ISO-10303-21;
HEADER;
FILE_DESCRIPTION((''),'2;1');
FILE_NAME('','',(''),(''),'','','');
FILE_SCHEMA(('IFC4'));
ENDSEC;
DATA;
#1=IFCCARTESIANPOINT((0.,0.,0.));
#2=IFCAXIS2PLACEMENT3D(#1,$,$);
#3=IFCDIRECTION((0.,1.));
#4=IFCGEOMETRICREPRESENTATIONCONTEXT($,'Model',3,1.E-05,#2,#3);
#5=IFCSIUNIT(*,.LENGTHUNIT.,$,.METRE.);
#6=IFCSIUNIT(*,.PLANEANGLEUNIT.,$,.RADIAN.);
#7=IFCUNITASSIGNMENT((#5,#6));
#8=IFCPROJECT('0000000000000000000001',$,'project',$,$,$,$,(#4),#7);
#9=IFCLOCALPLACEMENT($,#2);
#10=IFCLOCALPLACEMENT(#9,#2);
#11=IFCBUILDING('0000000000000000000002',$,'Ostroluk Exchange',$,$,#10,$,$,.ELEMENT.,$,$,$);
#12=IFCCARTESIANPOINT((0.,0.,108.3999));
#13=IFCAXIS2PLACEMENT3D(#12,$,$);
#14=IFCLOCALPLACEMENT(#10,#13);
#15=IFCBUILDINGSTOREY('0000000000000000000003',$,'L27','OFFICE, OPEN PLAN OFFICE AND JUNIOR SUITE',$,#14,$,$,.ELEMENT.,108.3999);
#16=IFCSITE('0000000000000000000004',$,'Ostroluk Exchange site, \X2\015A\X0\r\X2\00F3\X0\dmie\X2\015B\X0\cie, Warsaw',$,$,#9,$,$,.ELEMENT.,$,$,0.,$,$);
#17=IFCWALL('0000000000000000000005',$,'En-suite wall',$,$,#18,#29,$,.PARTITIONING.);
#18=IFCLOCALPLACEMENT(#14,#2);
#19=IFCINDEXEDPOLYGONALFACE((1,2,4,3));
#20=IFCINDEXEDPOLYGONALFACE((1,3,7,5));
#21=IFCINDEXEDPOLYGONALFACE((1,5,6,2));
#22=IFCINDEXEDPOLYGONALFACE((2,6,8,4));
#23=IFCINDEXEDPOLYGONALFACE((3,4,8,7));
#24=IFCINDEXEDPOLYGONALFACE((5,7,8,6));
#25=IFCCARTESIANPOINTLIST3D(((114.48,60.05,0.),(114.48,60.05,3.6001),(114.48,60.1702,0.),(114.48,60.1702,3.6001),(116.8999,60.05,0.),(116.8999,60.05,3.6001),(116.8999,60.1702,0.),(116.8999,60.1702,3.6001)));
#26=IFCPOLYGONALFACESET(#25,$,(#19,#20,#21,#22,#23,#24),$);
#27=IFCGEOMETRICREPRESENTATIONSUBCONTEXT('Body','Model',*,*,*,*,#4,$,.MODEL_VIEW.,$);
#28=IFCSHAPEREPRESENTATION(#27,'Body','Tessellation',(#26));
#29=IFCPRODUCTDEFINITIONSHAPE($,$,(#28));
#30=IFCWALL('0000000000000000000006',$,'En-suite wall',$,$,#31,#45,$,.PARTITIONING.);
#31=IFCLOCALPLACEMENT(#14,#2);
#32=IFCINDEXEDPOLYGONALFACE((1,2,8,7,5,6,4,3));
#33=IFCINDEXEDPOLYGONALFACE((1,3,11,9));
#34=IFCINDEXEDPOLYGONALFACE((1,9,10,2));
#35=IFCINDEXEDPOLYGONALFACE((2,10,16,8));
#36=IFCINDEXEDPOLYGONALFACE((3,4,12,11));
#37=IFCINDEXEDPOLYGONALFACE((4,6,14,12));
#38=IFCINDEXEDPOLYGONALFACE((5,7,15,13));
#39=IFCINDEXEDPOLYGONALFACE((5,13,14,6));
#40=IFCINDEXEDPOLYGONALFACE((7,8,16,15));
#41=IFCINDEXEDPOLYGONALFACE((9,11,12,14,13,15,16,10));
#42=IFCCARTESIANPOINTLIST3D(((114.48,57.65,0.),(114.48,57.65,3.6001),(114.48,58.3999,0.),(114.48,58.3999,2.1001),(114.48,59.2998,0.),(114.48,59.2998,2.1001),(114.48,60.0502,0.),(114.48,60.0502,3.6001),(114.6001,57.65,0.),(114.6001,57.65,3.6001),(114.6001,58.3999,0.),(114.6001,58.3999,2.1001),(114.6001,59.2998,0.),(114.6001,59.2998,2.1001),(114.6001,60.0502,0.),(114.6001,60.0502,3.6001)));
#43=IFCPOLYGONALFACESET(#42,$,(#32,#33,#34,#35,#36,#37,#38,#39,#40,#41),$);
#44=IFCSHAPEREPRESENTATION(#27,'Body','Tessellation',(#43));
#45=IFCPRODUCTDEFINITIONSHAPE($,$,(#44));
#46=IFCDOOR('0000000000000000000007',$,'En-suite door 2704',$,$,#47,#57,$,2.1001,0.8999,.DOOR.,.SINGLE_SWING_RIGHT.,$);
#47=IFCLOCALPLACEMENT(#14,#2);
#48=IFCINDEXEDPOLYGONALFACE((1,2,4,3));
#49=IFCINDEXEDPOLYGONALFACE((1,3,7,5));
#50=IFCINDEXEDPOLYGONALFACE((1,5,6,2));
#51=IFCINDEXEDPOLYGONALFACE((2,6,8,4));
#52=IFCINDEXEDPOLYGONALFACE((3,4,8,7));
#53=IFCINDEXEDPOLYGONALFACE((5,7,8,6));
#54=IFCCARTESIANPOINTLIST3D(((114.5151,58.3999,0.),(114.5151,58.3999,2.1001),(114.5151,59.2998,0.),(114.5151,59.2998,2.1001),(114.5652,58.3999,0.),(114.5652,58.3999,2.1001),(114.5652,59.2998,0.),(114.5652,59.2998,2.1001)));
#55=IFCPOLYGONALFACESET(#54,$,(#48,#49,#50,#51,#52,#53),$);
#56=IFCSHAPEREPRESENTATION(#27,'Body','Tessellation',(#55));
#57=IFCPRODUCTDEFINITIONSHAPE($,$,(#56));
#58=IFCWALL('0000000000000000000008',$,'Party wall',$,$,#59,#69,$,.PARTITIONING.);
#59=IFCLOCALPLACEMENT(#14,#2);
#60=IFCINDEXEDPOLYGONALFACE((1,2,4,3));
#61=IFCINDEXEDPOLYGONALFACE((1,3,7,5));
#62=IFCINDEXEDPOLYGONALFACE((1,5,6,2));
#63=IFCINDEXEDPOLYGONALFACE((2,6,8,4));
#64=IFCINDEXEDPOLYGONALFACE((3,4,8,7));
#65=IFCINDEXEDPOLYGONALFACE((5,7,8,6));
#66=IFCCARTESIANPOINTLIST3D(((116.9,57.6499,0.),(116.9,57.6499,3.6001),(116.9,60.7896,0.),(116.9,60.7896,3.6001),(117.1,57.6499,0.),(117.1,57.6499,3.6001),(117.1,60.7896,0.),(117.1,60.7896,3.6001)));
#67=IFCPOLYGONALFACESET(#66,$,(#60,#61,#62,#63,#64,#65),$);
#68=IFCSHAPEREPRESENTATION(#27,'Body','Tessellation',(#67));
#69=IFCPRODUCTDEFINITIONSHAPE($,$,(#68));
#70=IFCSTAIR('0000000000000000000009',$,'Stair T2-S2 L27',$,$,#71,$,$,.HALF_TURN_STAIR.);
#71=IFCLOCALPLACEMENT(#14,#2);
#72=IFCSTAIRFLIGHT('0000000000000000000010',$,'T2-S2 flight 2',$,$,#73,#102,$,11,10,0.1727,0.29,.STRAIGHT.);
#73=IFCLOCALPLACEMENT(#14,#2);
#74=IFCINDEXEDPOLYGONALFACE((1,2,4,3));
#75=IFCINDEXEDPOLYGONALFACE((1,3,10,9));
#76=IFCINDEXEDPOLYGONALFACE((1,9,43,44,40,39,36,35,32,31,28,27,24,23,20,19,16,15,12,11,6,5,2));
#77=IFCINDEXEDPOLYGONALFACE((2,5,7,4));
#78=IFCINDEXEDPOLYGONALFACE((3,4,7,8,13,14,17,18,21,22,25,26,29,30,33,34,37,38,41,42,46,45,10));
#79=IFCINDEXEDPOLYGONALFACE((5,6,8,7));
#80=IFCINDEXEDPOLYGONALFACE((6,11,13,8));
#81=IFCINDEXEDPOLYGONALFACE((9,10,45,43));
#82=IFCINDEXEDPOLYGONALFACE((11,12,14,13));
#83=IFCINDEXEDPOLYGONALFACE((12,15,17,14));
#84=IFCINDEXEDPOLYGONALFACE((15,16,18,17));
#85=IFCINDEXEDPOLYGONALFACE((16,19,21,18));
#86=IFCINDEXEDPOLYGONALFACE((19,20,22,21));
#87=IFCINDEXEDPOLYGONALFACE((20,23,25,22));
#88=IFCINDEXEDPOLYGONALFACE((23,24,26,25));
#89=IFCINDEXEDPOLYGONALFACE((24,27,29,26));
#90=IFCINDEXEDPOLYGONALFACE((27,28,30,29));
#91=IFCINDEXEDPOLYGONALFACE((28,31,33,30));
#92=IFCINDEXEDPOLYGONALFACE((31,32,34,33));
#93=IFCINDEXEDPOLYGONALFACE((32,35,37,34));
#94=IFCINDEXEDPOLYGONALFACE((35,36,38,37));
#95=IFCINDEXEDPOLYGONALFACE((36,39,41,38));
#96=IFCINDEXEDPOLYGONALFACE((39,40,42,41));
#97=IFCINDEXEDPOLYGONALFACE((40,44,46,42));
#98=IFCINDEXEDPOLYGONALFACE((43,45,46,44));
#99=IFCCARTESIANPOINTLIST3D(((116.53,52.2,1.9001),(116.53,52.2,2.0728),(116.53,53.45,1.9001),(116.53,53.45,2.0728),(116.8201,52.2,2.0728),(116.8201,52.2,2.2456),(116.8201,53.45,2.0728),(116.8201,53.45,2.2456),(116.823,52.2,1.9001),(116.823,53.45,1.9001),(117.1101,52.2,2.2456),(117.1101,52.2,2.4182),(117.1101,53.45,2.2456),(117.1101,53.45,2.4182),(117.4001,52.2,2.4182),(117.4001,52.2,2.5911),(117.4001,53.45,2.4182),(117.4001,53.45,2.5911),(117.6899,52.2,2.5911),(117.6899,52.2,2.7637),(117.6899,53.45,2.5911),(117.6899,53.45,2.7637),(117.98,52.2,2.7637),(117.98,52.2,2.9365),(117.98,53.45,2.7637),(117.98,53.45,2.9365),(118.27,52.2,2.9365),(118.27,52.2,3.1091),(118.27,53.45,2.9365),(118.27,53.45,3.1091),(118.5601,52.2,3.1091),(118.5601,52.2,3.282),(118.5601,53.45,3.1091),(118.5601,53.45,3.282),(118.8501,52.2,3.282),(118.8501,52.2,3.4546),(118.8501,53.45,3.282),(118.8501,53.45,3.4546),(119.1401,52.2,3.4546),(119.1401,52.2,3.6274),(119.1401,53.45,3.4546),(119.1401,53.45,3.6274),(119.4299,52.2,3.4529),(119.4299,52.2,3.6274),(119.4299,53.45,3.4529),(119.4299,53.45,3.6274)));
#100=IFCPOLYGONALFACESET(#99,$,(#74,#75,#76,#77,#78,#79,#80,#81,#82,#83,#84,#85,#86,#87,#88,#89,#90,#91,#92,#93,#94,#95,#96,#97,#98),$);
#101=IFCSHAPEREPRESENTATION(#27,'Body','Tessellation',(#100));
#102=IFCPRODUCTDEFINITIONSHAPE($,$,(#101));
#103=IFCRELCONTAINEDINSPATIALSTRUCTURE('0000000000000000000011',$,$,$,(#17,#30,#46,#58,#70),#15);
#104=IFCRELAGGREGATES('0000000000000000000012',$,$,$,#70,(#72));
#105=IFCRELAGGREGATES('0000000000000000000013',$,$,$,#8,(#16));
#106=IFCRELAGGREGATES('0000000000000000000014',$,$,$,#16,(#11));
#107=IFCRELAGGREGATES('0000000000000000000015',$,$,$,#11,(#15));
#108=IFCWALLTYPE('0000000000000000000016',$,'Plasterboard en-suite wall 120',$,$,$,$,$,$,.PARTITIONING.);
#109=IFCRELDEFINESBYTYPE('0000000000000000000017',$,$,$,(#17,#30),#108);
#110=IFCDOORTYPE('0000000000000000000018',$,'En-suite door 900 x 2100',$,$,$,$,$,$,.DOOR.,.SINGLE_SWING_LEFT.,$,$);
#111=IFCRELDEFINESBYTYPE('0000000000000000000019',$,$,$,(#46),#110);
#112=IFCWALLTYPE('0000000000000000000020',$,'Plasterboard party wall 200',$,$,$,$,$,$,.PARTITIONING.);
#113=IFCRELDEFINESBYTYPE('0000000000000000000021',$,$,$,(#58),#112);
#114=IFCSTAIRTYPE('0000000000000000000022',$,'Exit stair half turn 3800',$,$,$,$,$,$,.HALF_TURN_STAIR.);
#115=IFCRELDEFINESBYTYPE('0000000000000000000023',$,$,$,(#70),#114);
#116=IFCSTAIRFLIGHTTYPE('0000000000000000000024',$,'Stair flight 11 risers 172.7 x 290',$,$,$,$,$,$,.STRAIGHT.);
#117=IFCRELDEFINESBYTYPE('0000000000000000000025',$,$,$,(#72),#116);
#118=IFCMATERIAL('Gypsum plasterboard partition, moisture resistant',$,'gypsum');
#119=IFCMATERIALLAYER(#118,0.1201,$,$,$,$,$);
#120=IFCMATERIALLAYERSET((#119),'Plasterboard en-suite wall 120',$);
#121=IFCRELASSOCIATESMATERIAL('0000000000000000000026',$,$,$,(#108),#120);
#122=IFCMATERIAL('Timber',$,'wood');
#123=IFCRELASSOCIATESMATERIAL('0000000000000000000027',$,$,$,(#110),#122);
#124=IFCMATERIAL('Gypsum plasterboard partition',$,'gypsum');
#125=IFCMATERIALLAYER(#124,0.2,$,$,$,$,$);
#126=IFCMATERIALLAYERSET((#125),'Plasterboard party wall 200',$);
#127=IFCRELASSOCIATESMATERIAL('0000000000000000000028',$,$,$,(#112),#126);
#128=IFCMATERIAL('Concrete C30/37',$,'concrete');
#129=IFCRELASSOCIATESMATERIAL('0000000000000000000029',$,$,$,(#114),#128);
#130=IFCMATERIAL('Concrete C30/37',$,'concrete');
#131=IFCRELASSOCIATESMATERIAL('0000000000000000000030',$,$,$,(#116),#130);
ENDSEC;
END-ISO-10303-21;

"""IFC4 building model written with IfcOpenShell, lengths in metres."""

from ifc_helpers import new_model, si_unit, direction, frame, frame_2d, origin, place, context, subcontext, project, spatial, polyline, rectangle, outline, extrude, material, layer, layer_set, type_object, element, fill, aggregate, save


model = new_model("IFC4")

# Units and contexts
model_context = context("Model", 3, precision=1e-05, world=origin(), true_north=direction((0.0, 1.0)))
body_context = subcontext(model_context, "Body", "Model", "MODEL_VIEW")
ifc_project = project(units=[si_unit("LENGTHUNIT", "METRE"), si_unit("PLANEANGLEUNIT", "RADIAN")], contexts=[model_context])

# Site, building, storey
site_placement = place(None, origin())
site = spatial("IfcSite", under=ifc_project, at=site_placement, Name="Ostroluk Exchange site, Śródmieście, Warsaw", CompositionType="ELEMENT", RefElevation=0.0)
building_placement = place(site_placement, origin())
building = spatial("IfcBuilding", under=site, at=building_placement, Name="Ostroluk Exchange", CompositionType="ELEMENT")
storey_placement = place(building_placement, frame((0.0, 0.0, 108.3999)))
storey = spatial("IfcBuildingStorey", under=building, at=storey_placement, Name="L27", Description="OFFICE, OPEN PLAN OFFICE AND JUNIOR SUITE", CompositionType="ELEMENT", Elevation=108.3999)

# Wall
ifc_material_1 = material(Name="Gypsum plasterboard partition, moisture resistant", Category="gypsum")
ifc_layer_1 = layer(ifc_material_1, 0.1201)
ifc_layer_set_1 = layer_set([ifc_layer_1], Name="Plasterboard en-suite wall 120")
wall_type_1 = type_object("IfcWallType", Name="Plasterboard en-suite wall 120", PredefinedType="PARTITIONING", material=ifc_layer_set_1)
wall_1_placement = place(storey_placement, frame((116.8999, 60.1101, 0.0), z_axis=(0.0, 0.0, 1.0), x_axis=(-1.0, 0.0, 0.0)))
element("IfcWall", 1, at=wall_1_placement, inside=storey, type_object=wall_type_1, Name="En-suite wall", PredefinedType="PARTITIONING", context=body_context, shape_type="SweptSolid", body=[
    extrude(rectangle(XDim=2.4199, YDim=0.1201, at=frame_2d((1.21, 0.0))), origin(), (0.0, 0.0, 1.0), 3.6001),
])

# Wall, opening, door
wall_2_placement = place(storey_placement, frame((114.54, 57.6499, 0.0), z_axis=(0.0, 0.0, 1.0), x_axis=(0.0, 1.0, 0.0)))
wall_2 = element("IfcWall", 2, at=wall_2_placement, inside=storey, type_object=wall_type_1, Name="En-suite wall", PredefinedType="PARTITIONING", context=body_context, shape_type="SweptSolid", body=[
    extrude(rectangle(XDim=2.4001, YDim=0.1201, at=frame_2d((1.2002, 0.0))), origin(), (0.0, 0.0, 1.0), 3.6001),
])
opening_1_placement = place(wall_2_placement, frame((0.75, 0.0, 0.0)))
opening_1 = element("IfcOpeningElement", 3, at=opening_1_placement, cuts=wall_2, PredefinedType="OPENING", context=body_context, shape_type="SweptSolid", body=[
    extrude(rectangle(XDim=0.8999, YDim=2.1001, at=frame_2d((0.45, 1.05))), frame((0.0, 0.0701, 0.0), z_axis=(0.0, -1.0, 0.0), x_axis=(1.0, 0.0, 0.0)), (0.0, 0.0, 1.0), 0.1401),
])
ifc_material_2 = material(Name="Timber", Category="wood")
door_type_1 = type_object("IfcDoorType", Name="En-suite door 900 x 2100", OperationType="SINGLE_SWING_LEFT", PredefinedType="DOOR", material=ifc_material_2)
door_1_placement = place(opening_1_placement, origin())
door_1 = element("IfcDoor", 4, at=door_1_placement, inside=storey, type_object=door_type_1, Name="En-suite door 2704", OperationType="SINGLE_SWING_RIGHT", OverallHeight=2.1001, OverallWidth=0.8999, PredefinedType="DOOR", context=body_context, shape_type="SweptSolid", body=[
    extrude(rectangle(XDim=0.8999, YDim=2.1001, at=frame_2d((0.45, 1.05))), frame((0.0, 0.0249, 0.0), z_axis=(0.0, -1.0, 0.0), x_axis=(1.0, 0.0, 0.0)), (0.0, 0.0, 1.0), 0.05),
])
fill(opening_1, door_1)

# Wall
ifc_material_3 = material(Name="Gypsum plasterboard partition", Category="gypsum")
ifc_layer_2 = layer(ifc_material_3, 0.2)
ifc_layer_set_2 = layer_set([ifc_layer_2], Name="Plasterboard party wall 200")
wall_type_2 = type_object("IfcWallType", Name="Plasterboard party wall 200", PredefinedType="PARTITIONING", material=ifc_layer_set_2)
wall_3_placement = place(storey_placement, frame((117.0, 57.6499, 0.0), z_axis=(0.0, 0.0, 1.0), x_axis=(0.0, 1.0, 0.0)))
element("IfcWall", 5, at=wall_3_placement, inside=storey, type_object=wall_type_2, Name="Party wall", PredefinedType="PARTITIONING", context=body_context, shape_type="SweptSolid", body=[
    extrude(rectangle(XDim=3.1396, YDim=0.2, at=frame_2d((1.5698, 0.0))), origin(), (0.0, 0.0, 1.0), 3.6001),
])

# Stair, stair flight
ifc_material_4 = material(Name="Concrete C30/37", Category="concrete")
stair_type = type_object("IfcStairType", Name="Exit stair half turn 3800", PredefinedType="HALF_TURN_STAIR", material=ifc_material_4)
stair_placement = place(storey_placement, origin())
stair = element("IfcStair", 6, at=stair_placement, inside=storey, type_object=stair_type, Name="Stair T2-S2 L27", PredefinedType="HALF_TURN_STAIR")
ifc_material_5 = material(Name="Concrete C30/37", Category="concrete")
stair_flight_type = type_object("IfcStairFlightType", Name="Stair flight 11 risers 172.7 x 290", PredefinedType="STRAIGHT", material=ifc_material_5)
stair_flight_placement = place(storey_placement, frame((116.53, 52.825, 1.9001), z_axis=(0.0, 0.0, 1.0), x_axis=(1.0, 0.0, 0.0)))
stair_flight = element("IfcStairFlight", 7, at=stair_flight_placement, type_object=stair_flight_type, Name="T2-S2 flight 2", NumberOfRisers=11, NumberOfTreads=10, PredefinedType="STRAIGHT", RiserHeight=0.1727, TreadLength=0.29, context=body_context, shape_type="SweptSolid", body=[
    extrude(outline(polyline([(0.0, 0.0), (0.0, 0.1726), (0.29, 0.1726), (0.29, 0.3455), (0.5801, 0.3455), (0.5801, 0.5181), (0.8701, 0.5181), (0.8701, 0.6909), (1.1599, 0.6909), (1.1599, 0.8635), (1.45, 0.8635), (1.45, 1.0364), (1.74, 1.0364), (1.74, 1.209), (2.03, 1.209), (2.03, 1.3818), (2.3201, 1.3818), (2.3201, 1.5544), (2.6101, 1.5544), (2.6101, 1.7273), (2.8999, 1.7273), (2.8999, 1.8999), (2.8999, 1.5527), (0.293, 0.0), (0.0, 0.0)])), frame((0.0, 0.625, 0.0), z_axis=(0.0, -1.0, 0.0), x_axis=(1.0, 0.0, 0.0)), (0.0, 0.0, 1.0), 1.25),
])
aggregate(stair, [stair_flight])

save(model, "model.ifc")
